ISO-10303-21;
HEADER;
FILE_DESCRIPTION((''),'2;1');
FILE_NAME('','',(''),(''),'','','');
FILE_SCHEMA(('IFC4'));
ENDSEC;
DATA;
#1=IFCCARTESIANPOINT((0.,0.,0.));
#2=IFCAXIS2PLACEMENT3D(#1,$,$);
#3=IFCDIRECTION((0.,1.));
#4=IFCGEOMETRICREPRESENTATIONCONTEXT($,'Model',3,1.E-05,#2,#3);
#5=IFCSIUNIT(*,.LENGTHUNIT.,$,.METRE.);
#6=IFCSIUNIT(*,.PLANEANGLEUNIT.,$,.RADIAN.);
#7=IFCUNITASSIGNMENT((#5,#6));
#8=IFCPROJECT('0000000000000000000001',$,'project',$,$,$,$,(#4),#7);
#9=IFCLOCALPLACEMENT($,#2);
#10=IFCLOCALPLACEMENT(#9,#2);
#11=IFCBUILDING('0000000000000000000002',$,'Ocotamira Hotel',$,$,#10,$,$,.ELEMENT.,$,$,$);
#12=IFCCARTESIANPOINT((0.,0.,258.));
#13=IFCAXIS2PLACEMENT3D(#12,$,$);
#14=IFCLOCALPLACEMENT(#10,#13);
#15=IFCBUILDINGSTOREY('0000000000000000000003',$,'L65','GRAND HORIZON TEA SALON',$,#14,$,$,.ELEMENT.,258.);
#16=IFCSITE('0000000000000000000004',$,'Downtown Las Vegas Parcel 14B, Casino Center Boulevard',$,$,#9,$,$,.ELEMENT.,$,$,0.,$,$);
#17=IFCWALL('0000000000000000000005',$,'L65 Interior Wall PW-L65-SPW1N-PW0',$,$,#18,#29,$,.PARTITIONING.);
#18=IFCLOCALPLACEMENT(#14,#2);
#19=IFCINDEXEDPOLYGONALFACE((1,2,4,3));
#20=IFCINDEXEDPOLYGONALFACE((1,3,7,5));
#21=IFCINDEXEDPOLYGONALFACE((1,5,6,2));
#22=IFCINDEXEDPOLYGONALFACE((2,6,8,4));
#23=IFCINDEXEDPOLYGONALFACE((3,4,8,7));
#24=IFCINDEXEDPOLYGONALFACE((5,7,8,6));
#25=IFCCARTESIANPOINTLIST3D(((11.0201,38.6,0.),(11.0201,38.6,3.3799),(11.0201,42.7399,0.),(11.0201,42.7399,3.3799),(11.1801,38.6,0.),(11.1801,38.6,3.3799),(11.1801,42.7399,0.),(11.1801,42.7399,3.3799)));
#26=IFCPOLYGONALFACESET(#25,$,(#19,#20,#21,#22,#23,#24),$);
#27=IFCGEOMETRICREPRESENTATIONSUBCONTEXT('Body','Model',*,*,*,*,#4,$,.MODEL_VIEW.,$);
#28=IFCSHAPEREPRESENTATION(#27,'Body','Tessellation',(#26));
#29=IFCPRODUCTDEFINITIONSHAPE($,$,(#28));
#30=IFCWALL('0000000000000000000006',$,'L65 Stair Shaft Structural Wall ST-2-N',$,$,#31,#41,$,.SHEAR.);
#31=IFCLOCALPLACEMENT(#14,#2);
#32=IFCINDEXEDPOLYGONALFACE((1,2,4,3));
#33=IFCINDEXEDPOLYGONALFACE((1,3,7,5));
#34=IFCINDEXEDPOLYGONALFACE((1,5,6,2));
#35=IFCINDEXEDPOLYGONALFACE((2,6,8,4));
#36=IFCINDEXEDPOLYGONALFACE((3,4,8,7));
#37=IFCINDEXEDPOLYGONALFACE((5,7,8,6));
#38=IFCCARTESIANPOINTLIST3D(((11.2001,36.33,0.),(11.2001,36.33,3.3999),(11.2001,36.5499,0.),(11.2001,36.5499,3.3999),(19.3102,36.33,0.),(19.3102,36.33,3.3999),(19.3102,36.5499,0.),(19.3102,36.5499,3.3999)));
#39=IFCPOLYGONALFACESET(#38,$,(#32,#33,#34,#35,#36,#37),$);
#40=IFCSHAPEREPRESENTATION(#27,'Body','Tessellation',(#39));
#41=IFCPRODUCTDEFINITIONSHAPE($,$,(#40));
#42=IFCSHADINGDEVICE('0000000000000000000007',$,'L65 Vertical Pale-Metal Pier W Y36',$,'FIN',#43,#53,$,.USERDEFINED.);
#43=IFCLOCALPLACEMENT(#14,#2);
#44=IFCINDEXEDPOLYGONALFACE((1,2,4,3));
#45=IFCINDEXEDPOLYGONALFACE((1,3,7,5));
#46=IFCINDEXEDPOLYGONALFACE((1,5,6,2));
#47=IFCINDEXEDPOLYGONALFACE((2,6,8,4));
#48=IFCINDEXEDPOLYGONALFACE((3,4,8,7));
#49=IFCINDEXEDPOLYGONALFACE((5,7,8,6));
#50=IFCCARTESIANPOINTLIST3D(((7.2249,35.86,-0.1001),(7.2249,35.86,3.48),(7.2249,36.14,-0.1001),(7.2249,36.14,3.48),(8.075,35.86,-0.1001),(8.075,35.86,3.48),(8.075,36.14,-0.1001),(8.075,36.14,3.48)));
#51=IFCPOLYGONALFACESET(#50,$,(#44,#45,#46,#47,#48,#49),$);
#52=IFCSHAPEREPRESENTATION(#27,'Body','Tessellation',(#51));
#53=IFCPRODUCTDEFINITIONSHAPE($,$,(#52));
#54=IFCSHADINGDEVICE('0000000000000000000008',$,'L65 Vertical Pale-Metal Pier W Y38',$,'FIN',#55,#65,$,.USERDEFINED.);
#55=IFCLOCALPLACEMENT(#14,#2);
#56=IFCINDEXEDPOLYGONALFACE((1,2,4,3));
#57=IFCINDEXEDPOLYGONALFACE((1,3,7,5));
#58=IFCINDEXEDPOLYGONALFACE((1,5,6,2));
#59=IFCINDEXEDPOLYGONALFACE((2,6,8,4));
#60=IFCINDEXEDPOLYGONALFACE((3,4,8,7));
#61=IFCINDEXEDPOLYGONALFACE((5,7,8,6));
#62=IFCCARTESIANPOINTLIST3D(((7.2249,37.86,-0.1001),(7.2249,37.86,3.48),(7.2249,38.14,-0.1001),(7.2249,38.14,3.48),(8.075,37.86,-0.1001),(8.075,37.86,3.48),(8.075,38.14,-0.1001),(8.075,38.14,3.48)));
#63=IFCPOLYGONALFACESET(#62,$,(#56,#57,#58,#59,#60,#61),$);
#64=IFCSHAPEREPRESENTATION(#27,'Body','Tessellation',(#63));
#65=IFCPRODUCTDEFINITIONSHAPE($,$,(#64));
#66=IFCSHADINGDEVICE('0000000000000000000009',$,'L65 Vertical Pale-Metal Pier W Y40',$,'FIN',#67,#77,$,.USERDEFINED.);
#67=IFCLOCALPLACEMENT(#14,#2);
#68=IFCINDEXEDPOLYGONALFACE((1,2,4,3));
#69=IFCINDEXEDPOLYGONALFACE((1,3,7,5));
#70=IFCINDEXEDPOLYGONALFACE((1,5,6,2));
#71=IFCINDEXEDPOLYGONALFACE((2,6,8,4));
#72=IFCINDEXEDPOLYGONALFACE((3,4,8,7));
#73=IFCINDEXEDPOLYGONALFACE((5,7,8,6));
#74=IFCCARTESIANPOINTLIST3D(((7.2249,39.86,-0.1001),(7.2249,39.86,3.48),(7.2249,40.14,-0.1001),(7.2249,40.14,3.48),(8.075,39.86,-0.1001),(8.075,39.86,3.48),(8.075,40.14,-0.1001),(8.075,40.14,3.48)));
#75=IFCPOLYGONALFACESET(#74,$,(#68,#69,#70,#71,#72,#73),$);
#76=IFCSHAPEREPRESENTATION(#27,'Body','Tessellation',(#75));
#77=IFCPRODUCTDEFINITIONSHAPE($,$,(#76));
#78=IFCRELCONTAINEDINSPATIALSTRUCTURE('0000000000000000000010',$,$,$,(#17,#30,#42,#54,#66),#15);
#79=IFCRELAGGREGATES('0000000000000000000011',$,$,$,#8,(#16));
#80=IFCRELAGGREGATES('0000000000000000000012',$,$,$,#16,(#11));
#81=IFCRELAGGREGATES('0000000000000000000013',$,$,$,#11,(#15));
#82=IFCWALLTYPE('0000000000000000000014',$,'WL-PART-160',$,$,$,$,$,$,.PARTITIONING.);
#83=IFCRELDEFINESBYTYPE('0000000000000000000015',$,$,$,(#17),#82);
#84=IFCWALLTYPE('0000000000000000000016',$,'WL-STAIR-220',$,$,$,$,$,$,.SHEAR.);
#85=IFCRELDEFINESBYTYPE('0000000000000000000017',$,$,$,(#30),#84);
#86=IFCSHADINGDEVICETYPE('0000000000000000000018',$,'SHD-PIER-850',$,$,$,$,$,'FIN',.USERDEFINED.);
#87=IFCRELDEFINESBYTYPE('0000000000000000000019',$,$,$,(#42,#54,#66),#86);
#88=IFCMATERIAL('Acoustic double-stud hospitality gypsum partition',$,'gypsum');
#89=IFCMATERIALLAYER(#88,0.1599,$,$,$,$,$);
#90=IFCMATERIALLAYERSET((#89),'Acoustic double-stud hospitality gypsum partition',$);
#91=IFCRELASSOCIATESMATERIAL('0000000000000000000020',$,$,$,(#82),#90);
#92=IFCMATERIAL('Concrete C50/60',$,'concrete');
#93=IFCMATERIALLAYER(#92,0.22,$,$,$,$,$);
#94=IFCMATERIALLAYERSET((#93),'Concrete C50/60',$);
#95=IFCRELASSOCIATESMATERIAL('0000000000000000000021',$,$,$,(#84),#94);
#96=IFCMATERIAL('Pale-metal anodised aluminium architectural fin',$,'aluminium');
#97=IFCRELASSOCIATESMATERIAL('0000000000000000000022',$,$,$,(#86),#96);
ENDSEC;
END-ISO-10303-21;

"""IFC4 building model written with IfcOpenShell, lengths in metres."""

from ifc_helpers import new_model, si_unit, direction, frame, frame_2d, origin, origin_2d, place, context, subcontext, project, spatial, rectangle, extrude, source, transform, mapped, material, layer, layer_set, type_object, element, save


model = new_model("IFC4")

# Units and contexts
model_context = context("Model", 3, precision=1e-05, world=origin(), true_north=direction((0.0, 1.0)))
body_context = subcontext(model_context, "Body", "Model", "MODEL_VIEW")
ifc_project = project(units=[si_unit("LENGTHUNIT", "METRE"), si_unit("PLANEANGLEUNIT", "RADIAN")], contexts=[model_context])

# Site, building, storey
site_placement = place(None, origin())
site = spatial("IfcSite", under=ifc_project, at=site_placement, Name="Downtown Las Vegas Parcel 14B, Casino Center Boulevard", CompositionType="ELEMENT", RefElevation=0.0)
building_placement = place(site_placement, origin())
building = spatial("IfcBuilding", under=site, at=building_placement, Name="Ocotamira Hotel", CompositionType="ELEMENT")
storey_placement = place(building_placement, frame((0.0, 0.0, 258.0)))
storey = spatial("IfcBuildingStorey", under=building, at=storey_placement, Name="L65", Description="GRAND HORIZON TEA SALON", CompositionType="ELEMENT", Elevation=258.0)

# Shared definitions
ifc_material_1 = material(Name="Concrete C50/60", Category="concrete")

# Walls
ifc_material_2 = material(Name="Acoustic double-stud hospitality gypsum partition", Category="gypsum")
ifc_layer_1 = layer(ifc_material_2, 0.1599)
ifc_layer_set_1 = layer_set([ifc_layer_1], Name="Acoustic double-stud hospitality gypsum partition")
wall_type_1 = type_object("IfcWallType", Name="WL-PART-160", PredefinedType="PARTITIONING", material=ifc_layer_set_1)
wall_1_placement = place(storey_placement, frame((11.1001, 38.6001, 0.0), z_axis=(0.0, 0.0, 1.0), x_axis=(0.0, 1.0, 0.0)))
element("IfcWall", 1, at=wall_1_placement, inside=storey, type_object=wall_type_1, Name="L65 Interior Wall PW-L65-SPW1N-PW0", PredefinedType="PARTITIONING", context=body_context, shape_type="SweptSolid", body=[
    extrude(rectangle(XDim=4.1399, YDim=0.1599, at=frame_2d((2.0698, 0.0))), origin(), (0.0, 0.0, 1.0), 3.3799),
])
ifc_layer_2 = layer(ifc_material_1, 0.22)
ifc_layer_set_2 = layer_set([ifc_layer_2], Name="Concrete C50/60")
wall_type_2 = type_object("IfcWallType", Name="WL-STAIR-220", PredefinedType="SHEAR", material=ifc_layer_set_2)
wall_2_placement = place(storey_placement, frame((11.2, 36.4399, 0.0), z_axis=(0.0, 0.0, 1.0), x_axis=(1.0, 0.0, 0.0)))
element("IfcWall", 2, at=wall_2_placement, inside=storey, type_object=wall_type_2, Name="L65 Stair Shaft Structural Wall ST-2-N", PredefinedType="SHEAR", context=body_context, shape_type="SweptSolid", body=[
    extrude(rectangle(XDim=8.1101, YDim=0.22, at=frame_2d((4.0552, 0.0))), origin(), (0.0, 0.0, 1.0), 3.3999),
])

# Shading devices
ifc_material_3 = material(Name="Pale-metal anodised aluminium architectural fin", Category="aluminium")
shading_device_type = type_object("IfcShadingDeviceType", Name="SHD-PIER-850", ElementType="FIN", PredefinedType="USERDEFINED", material=ifc_material_3)
shared_shape_1 = source(origin(), body_context, "Body", "SweptSolid", [
    extrude(rectangle(XDim=0.8501, YDim=0.28, at=origin_2d()), origin(), (0.0, 0.0, 1.0), 3.5801),
])
for number, where, z_axis, x_axis, name in (
    (3, (7.6499, 36.0, -0.1001), (0.0, 0.0, 1.0), (1.0, 0.0, 0.0), "L65 Vertical Pale-Metal Pier W Y36"),
    (4, (7.6499, 38.0, -0.1001), (0.0, 0.0, 1.0), (1.0, 0.0, 0.0), "L65 Vertical Pale-Metal Pier W Y38"),
    (5, (7.6499, 40.0, -0.1001), (0.0, 0.0, 1.0), (1.0, 0.0, 0.0), "L65 Vertical Pale-Metal Pier W Y40"),
):
    element("IfcShadingDevice", number, at=place(storey_placement, frame(where, z_axis=z_axis, x_axis=x_axis)), inside=storey, type_object=shading_device_type, Name=name, ObjectType="FIN", PredefinedType="USERDEFINED", context=body_context, shape_type="MappedRepresentation", body=[
        mapped(shared_shape_1, transform((0.0, 0.0, 0.0), scale=1.0)),
    ])

save(model, "model.ifc")
